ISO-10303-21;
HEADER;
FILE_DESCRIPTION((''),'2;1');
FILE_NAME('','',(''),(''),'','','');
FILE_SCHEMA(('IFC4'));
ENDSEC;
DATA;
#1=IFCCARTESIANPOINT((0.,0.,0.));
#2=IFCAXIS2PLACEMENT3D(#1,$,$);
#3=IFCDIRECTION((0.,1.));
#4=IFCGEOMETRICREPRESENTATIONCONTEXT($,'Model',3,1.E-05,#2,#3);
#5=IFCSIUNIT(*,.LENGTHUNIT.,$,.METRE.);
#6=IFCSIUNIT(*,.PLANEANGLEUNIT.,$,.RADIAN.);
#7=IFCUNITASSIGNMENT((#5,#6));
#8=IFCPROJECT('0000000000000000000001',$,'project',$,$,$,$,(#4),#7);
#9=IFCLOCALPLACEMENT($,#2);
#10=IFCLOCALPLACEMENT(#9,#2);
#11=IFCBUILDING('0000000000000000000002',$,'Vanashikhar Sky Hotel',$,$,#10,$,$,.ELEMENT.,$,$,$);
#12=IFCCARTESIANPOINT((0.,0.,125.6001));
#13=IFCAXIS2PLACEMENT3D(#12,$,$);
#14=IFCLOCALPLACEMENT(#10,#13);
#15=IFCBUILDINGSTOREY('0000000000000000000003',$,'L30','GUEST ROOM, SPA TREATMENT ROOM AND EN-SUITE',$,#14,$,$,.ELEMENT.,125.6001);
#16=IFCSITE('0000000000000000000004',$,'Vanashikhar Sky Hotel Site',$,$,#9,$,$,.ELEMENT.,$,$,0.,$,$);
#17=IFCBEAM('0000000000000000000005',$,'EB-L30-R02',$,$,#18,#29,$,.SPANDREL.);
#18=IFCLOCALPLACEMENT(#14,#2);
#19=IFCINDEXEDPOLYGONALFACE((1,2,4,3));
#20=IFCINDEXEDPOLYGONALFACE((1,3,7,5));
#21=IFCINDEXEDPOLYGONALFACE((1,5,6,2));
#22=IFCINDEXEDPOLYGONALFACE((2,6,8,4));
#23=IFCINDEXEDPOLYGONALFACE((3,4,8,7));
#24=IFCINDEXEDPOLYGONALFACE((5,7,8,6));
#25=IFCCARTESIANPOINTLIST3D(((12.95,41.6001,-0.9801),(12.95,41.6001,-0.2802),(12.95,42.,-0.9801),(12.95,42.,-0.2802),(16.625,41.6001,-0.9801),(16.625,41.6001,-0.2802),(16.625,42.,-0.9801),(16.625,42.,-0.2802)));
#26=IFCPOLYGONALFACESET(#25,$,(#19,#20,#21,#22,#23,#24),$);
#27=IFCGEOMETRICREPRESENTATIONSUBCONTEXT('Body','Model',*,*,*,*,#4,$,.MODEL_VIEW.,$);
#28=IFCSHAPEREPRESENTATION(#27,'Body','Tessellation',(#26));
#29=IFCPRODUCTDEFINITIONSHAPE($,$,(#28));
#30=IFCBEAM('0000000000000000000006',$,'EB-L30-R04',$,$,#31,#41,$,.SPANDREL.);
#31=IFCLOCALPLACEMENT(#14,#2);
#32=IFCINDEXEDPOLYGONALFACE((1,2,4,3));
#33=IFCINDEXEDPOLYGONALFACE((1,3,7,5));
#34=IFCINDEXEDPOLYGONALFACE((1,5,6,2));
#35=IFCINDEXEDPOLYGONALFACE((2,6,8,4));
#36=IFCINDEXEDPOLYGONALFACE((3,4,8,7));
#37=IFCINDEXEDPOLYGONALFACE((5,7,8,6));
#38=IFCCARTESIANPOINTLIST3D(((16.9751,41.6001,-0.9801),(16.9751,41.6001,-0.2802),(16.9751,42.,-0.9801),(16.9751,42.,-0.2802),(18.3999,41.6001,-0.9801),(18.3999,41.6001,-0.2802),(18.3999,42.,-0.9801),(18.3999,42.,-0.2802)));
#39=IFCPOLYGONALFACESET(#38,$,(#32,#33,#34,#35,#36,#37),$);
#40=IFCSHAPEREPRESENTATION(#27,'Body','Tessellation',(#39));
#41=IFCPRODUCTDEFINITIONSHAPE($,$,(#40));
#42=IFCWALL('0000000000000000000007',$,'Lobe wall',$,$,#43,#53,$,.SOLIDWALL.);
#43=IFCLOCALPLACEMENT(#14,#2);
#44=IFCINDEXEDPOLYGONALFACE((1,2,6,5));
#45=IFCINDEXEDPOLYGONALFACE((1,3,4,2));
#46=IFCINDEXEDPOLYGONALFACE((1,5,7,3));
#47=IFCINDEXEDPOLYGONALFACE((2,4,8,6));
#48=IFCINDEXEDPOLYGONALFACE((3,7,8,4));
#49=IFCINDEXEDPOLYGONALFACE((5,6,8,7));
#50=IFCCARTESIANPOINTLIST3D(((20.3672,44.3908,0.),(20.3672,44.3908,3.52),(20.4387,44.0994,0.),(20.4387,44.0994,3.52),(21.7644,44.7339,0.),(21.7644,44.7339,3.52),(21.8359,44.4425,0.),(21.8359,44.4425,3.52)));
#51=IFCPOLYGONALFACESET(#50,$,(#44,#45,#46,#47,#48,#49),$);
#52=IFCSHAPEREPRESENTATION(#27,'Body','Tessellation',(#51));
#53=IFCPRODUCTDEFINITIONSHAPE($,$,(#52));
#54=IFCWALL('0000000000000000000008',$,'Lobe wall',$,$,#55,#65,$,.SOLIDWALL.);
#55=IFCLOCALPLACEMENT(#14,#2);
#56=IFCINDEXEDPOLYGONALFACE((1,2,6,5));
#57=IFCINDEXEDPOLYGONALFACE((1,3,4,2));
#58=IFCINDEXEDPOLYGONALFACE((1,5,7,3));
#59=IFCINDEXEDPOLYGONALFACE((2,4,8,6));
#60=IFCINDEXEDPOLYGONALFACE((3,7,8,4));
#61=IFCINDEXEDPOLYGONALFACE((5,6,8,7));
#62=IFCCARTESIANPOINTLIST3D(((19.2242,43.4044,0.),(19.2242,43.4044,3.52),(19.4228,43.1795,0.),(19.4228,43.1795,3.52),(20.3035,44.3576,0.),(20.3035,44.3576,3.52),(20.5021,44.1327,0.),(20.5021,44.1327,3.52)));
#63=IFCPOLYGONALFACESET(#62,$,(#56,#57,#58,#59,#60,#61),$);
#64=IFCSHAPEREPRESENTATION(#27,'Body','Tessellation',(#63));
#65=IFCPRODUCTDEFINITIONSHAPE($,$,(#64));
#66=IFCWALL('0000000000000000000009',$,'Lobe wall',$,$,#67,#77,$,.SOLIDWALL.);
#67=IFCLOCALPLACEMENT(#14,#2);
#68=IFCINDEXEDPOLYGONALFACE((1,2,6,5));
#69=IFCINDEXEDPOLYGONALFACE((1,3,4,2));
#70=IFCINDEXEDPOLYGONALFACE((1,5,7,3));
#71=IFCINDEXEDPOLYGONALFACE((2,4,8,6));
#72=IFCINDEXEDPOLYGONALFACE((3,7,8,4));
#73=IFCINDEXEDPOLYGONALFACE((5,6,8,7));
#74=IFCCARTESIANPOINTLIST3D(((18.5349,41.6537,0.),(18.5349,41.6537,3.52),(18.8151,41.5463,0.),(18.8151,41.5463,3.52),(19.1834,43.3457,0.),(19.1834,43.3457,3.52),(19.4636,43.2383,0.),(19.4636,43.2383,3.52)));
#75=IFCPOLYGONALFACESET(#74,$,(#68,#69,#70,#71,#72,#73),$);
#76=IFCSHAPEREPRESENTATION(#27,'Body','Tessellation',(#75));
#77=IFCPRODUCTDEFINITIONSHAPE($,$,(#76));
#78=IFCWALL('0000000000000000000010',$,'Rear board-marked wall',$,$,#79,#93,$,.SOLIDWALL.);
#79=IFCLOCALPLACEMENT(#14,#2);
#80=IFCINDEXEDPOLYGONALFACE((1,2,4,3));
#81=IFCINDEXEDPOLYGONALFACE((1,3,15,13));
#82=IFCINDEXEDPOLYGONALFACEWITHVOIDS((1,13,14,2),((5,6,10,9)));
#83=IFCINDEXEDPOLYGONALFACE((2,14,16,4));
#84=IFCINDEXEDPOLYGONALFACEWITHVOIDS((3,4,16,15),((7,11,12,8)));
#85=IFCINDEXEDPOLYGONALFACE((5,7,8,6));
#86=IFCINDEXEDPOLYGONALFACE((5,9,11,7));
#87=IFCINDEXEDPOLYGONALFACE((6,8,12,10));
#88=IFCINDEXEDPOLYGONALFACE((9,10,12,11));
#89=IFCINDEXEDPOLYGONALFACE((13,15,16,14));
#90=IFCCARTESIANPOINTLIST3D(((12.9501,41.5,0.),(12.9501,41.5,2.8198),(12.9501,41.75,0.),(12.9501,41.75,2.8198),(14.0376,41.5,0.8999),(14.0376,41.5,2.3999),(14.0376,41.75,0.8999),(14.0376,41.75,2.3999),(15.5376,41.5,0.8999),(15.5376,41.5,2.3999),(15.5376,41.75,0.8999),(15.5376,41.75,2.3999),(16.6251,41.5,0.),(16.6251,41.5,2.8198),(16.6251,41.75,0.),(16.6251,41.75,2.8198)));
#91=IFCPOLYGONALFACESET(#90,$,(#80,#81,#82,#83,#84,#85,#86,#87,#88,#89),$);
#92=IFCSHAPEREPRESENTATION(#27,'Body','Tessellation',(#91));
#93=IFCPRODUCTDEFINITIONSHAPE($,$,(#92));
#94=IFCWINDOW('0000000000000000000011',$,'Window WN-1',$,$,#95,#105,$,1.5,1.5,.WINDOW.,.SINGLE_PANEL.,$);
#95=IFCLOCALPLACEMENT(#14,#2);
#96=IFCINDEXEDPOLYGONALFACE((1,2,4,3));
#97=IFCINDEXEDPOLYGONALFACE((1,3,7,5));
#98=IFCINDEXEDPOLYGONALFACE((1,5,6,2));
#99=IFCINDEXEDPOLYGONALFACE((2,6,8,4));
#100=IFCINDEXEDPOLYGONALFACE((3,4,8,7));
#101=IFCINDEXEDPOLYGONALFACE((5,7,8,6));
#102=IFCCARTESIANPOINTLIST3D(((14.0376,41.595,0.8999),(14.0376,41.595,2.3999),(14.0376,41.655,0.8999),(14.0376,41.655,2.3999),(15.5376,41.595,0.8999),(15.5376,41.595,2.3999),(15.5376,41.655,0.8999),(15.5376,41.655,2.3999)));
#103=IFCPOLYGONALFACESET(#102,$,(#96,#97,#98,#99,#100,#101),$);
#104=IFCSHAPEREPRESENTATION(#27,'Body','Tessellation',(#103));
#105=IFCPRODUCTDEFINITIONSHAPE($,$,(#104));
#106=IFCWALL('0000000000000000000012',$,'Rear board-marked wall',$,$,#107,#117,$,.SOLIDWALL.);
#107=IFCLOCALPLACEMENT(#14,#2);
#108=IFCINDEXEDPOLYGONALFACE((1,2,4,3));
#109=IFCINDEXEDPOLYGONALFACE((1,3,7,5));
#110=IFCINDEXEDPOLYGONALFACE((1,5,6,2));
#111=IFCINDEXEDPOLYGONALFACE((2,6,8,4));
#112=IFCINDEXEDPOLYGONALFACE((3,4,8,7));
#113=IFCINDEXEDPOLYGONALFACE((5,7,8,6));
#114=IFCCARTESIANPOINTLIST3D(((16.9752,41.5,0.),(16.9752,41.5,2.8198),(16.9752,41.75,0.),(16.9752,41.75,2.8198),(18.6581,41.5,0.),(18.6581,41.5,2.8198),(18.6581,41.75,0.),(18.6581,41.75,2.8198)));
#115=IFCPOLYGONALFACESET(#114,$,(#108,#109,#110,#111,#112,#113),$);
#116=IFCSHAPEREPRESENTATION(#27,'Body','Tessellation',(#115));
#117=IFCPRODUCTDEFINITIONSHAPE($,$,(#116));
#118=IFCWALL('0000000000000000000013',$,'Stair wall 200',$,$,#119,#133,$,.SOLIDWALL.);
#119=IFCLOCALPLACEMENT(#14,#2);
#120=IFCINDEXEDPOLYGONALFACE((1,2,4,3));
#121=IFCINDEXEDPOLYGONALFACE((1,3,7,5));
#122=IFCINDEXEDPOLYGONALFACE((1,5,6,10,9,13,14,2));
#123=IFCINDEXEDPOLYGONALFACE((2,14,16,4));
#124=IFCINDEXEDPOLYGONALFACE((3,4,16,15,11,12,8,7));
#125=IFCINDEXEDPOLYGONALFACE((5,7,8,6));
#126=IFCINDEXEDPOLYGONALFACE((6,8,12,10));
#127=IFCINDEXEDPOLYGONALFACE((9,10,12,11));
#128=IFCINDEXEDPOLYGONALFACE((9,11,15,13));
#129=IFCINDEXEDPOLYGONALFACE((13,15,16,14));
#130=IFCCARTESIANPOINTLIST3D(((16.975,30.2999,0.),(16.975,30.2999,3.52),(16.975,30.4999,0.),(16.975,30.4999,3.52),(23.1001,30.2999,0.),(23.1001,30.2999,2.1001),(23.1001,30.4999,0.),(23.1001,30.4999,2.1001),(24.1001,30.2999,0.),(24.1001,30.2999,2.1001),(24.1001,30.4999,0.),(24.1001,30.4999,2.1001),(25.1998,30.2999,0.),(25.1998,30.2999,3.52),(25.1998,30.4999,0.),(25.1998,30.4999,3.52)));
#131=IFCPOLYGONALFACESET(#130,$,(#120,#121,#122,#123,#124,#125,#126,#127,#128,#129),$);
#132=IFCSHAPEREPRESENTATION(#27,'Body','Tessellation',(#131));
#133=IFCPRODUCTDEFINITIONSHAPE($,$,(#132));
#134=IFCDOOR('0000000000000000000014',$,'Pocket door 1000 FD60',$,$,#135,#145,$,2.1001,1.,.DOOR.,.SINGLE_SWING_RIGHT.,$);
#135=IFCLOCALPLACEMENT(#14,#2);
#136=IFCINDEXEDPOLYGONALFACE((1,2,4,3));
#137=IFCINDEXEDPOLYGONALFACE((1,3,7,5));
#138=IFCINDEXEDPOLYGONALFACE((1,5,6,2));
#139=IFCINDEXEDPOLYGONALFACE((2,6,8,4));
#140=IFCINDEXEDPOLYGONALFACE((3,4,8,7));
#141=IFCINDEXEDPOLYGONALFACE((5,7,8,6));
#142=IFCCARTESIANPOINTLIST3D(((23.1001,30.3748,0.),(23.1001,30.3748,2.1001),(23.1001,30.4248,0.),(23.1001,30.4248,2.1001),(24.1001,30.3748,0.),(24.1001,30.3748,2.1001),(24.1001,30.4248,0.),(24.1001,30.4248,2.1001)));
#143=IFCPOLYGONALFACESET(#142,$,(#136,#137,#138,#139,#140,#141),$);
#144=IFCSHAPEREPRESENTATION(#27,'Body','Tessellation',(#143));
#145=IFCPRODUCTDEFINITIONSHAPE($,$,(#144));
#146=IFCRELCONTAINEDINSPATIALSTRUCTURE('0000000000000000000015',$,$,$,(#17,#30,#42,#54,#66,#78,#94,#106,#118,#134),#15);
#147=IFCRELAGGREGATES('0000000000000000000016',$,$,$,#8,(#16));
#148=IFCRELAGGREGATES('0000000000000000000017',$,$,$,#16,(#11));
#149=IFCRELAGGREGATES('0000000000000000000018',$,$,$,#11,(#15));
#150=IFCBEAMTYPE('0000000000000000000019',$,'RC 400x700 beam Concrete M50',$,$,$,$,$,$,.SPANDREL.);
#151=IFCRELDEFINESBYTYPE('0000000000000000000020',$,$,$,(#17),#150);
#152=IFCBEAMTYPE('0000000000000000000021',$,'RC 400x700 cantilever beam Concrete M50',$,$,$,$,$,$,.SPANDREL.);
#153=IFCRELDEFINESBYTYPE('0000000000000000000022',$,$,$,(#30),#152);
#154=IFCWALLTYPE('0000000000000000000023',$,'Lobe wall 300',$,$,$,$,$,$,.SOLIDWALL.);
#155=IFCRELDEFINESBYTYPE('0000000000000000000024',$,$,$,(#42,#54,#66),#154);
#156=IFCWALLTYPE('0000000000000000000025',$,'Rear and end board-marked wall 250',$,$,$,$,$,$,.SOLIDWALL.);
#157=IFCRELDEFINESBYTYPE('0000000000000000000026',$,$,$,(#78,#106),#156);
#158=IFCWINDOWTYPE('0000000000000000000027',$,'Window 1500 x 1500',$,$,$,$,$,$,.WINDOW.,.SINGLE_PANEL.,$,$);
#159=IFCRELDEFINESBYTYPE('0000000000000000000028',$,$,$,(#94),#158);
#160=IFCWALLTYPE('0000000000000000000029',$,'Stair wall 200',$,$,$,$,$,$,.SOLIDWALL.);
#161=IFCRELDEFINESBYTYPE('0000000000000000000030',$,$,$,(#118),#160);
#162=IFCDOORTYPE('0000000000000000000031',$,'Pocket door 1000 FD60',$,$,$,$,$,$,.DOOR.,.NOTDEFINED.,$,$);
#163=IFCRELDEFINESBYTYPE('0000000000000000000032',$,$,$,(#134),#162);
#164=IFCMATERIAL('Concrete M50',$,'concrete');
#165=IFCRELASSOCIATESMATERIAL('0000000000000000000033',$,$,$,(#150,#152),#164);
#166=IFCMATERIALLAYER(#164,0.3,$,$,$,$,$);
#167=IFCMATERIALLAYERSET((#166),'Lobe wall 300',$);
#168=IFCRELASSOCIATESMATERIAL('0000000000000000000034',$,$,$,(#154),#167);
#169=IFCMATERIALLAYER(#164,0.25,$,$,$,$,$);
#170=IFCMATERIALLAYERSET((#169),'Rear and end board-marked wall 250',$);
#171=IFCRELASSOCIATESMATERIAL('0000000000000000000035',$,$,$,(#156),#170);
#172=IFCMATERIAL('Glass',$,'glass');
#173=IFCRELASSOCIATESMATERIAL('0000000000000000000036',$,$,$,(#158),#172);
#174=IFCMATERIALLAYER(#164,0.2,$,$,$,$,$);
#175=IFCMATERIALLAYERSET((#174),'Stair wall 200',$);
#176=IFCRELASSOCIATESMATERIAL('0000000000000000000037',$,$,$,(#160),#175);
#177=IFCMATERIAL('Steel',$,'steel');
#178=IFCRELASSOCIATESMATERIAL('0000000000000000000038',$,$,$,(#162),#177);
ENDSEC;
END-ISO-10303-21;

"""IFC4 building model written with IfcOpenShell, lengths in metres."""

from ifc_helpers import new_model, si_unit, direction, frame, frame_2d, origin, origin_2d, place, context, subcontext, project, spatial, rectangle, extrude, source, transform, mapped, material, layer, layer_set, material_profile, profile_set, type_object, element, fill, save


model = new_model("IFC4")

# Units and contexts
model_context = context("Model", 3, precision=1e-05, world=origin(), true_north=direction((0.0, 1.0)))
body_context = subcontext(model_context, "Body", "Model", "MODEL_VIEW")
ifc_project = project(units=[si_unit("LENGTHUNIT", "METRE"), si_unit("PLANEANGLEUNIT", "RADIAN")], contexts=[model_context])

# Site, building, storey
site_placement = place(None, origin())
site = spatial("IfcSite", under=ifc_project, at=site_placement, Name="Vanashikhar Sky Hotel Site", CompositionType="ELEMENT", RefElevation=0.0)
building_placement = place(site_placement, origin())
building = spatial("IfcBuilding", under=site, at=building_placement, Name="Vanashikhar Sky Hotel", CompositionType="ELEMENT")
storey_placement = place(building_placement, frame((0.0, 0.0, 125.6001)))
storey = spatial("IfcBuildingStorey", under=building, at=storey_placement, Name="L30", Description="GUEST ROOM, SPA TREATMENT ROOM AND EN-SUITE", CompositionType="ELEMENT", Elevation=125.6001)

# Beams
ifc_material_1 = material(Name="Concrete M50", Category="concrete")
ifc_material_profile_1 = material_profile(ifc_material_1, rectangle(XDim=0.3999, YDim=0.7, at=origin_2d()))
ifc_profile_set_1 = profile_set([ifc_material_profile_1], Name="RC 400x700 beam Concrete M50")
beam_type_1 = type_object("IfcBeamType", Name="RC 400x700 beam Concrete M50", PredefinedType="SPANDREL", material=ifc_profile_set_1)
shared_shape_1 = source(origin(), body_context, "Body", "SweptSolid", [
    extrude(rectangle(XDim=0.3999, YDim=0.7, at=origin_2d()), origin(), (0.0, 0.0, 1.0), 3.675),
])
beam_1_placement = place(storey_placement, frame((12.95, 41.8, -0.6301), z_axis=(1.0, 0.0, 0.0), x_axis=(0.0, 1.0, 0.0)))
element("IfcBeam", 1, at=beam_1_placement, inside=storey, type_object=beam_type_1, Name="EB-L30-R02", PredefinedType="SPANDREL", context=body_context, shape_type="MappedRepresentation", body=[
    mapped(shared_shape_1, transform((0.0, 0.0, 0.0), scale=1.0)),
])
ifc_material_profile_2 = material_profile(ifc_material_1, rectangle(XDim=0.3999, YDim=0.7, at=origin_2d()))
ifc_profile_set_2 = profile_set([ifc_material_profile_2], Name="RC 400x700 cantilever beam Concrete M50")
beam_type_2 = type_object("IfcBeamType", Name="RC 400x700 cantilever beam Concrete M50", PredefinedType="SPANDREL", material=ifc_profile_set_2)
shared_shape_2 = source(origin(), body_context, "Body", "SweptSolid", [
    extrude(rectangle(XDim=0.3999, YDim=0.7, at=origin_2d()), origin(), (0.0, 0.0, 1.0), 1.4248),
])
beam_2_placement = place(storey_placement, frame((16.9751, 41.8, -0.6301), z_axis=(1.0, 0.0, 0.0), x_axis=(0.0, 1.0, 0.0)))
element("IfcBeam", 2, at=beam_2_placement, inside=storey, type_object=beam_type_2, Name="EB-L30-R04", PredefinedType="SPANDREL", context=body_context, shape_type="MappedRepresentation", body=[
    mapped(shared_shape_2, transform((0.0, 0.0, 0.0), scale=1.0)),
])

# Walls
ifc_layer_1 = layer(ifc_material_1, 0.3)
ifc_layer_set_1 = layer_set([ifc_layer_1], Name="Lobe wall 300")
wall_type_1 = type_object("IfcWallType", Name="Lobe wall 300", PredefinedType="SOLIDWALL", material=ifc_layer_set_1)
shared_shape_3 = source(origin(), body_context, "Body", "SweptSolid", [
    extrude(rectangle(XDim=1.4387, YDim=0.3, at=frame_2d((0.7192, 0.0))), origin(), (0.0, 0.0, 1.0), 3.52),
])
wall_1_placement = place(storey_placement, frame((21.8, 44.5881, 0.0), z_axis=(0.0, 0.0, 1.0), x_axis=(-0.971162, -0.238421, 0.0)))
element("IfcWall", 3, at=wall_1_placement, inside=storey, type_object=wall_type_1, Name="Lobe wall", PredefinedType="SOLIDWALL", context=body_context, shape_type="MappedRepresentation", body=[
    mapped(shared_shape_3, transform((0.0, 0.0, 0.0), scale=1.0)),
])
shared_shape_4 = source(origin(), body_context, "Body", "SweptSolid", [
    extrude(rectangle(XDim=1.4399, YDim=0.3, at=frame_2d((0.72, 0.0))), origin(), (0.0, 0.0, 1.0), 3.52),
])
wall_2_placement = place(storey_placement, frame((20.4028, 44.2451, 0.0), z_axis=(0.0, 0.0, 1.0), x_axis=(-0.749576, -0.661919, 0.0)))
element("IfcWall", 4, at=wall_2_placement, inside=storey, type_object=wall_type_1, Name="Lobe wall", PredefinedType="SOLIDWALL", context=body_context, shape_type="MappedRepresentation", body=[
    mapped(shared_shape_4, transform((0.0, 0.0, 0.0), scale=1.0)),
])
shared_shape_5 = source(origin(), body_context, "Body", "SweptSolid", [
    extrude(rectangle(XDim=1.812, YDim=0.3, at=frame_2d((0.906, 0.0))), origin(), (0.0, 0.0, 1.0), 3.52),
])
wall_3_placement = place(storey_placement, frame((19.3235, 43.292, 0.0), z_axis=(0.0, 0.0, 1.0), x_axis=(-0.357877, -0.933769, 0.0)))
element("IfcWall", 5, at=wall_3_placement, inside=storey, type_object=wall_type_1, Name="Lobe wall", PredefinedType="SOLIDWALL", context=body_context, shape_type="MappedRepresentation", body=[
    mapped(shared_shape_5, transform((0.0, 0.0, 0.0), scale=1.0)),
])

# Wall, opening, window
ifc_layer_2 = layer(ifc_material_1, 0.25)
ifc_layer_set_2 = layer_set([ifc_layer_2], Name="Rear and end board-marked wall 250")
wall_type_2 = type_object("IfcWallType", Name="Rear and end board-marked wall 250", PredefinedType="SOLIDWALL", material=ifc_layer_set_2)
shared_shape_6 = source(origin(), body_context, "Body", "SweptSolid", [
    extrude(rectangle(XDim=3.675, YDim=0.25, at=frame_2d((1.8374, 0.0))), origin(), (0.0, 0.0, 1.0), 2.8198),
])
wall_4_placement = place(storey_placement, frame((16.625, 41.625, 0.0), z_axis=(0.0, 0.0, 1.0), x_axis=(-1.0, 0.0, 0.0)))
wall_4 = element("IfcWall", 6, at=wall_4_placement, inside=storey, type_object=wall_type_2, Name="Rear board-marked wall", PredefinedType="SOLIDWALL", context=body_context, shape_type="MappedRepresentation", body=[
    mapped(shared_shape_6, transform((0.0, 0.0, 0.0), scale=1.0)),
])
shared_shape_7 = source(origin(), body_context, "Body", "SweptSolid", [
    extrude(rectangle(XDim=1.5, YDim=1.5, at=frame_2d((0.75, 0.75))), frame((0.0, 0.135, 0.0), z_axis=(0.0, -1.0, 0.0), x_axis=(1.0, 0.0, 0.0)), (0.0, 0.0, 1.0), 0.27),
])
opening_1_placement = place(wall_4_placement, frame((1.0874, 0.0, 0.8999)))
opening_1 = element("IfcOpeningElement", 7, at=opening_1_placement, cuts=wall_4, PredefinedType="OPENING", context=body_context, shape_type="MappedRepresentation", body=[
    mapped(shared_shape_7, transform((0.0, 0.0, 0.0), scale=1.0)),
])
ifc_material_2 = material(Name="Glass", Category="glass")
window_type = type_object("IfcWindowType", Name="Window 1500 x 1500", PartitioningType="SINGLE_PANEL", PredefinedType="WINDOW", material=ifc_material_2)
shared_shape_8 = source(origin(), body_context, "Body", "SweptSolid", [
    extrude(rectangle(XDim=1.5, YDim=1.5, at=frame_2d((0.75, 0.75))), frame((0.0, 0.03, 0.0), z_axis=(0.0, -1.0, 0.0), x_axis=(1.0, 0.0, 0.0)), (0.0, 0.0, 1.0), 0.0601),
])
window_placement = place(opening_1_placement, origin())
window = element("IfcWindow", 8, at=window_placement, inside=storey, type_object=window_type, Name="Window WN-1", OverallHeight=1.5, OverallWidth=1.5, PartitioningType="SINGLE_PANEL", PredefinedType="WINDOW", context=body_context, shape_type="MappedRepresentation", body=[
    mapped(shared_shape_8, transform((0.0, 0.0, 0.0), scale=1.0)),
])
fill(opening_1, window)

# Wall
shared_shape_9 = source(origin(), body_context, "Body", "SweptSolid", [
    extrude(rectangle(XDim=1.6829, YDim=0.25, at=frame_2d((0.8413, 0.0))), origin(), (0.0, 0.0, 1.0), 2.8198),
])
wall_5_placement = place(storey_placement, frame((18.658, 41.625, 0.0), z_axis=(0.0, 0.0, 1.0), x_axis=(-1.0, 0.0, 0.0)))
element("IfcWall", 9, at=wall_5_placement, inside=storey, type_object=wall_type_2, Name="Rear board-marked wall", PredefinedType="SOLIDWALL", context=body_context, shape_type="MappedRepresentation", body=[
    mapped(shared_shape_9, transform((0.0, 0.0, 0.0), scale=1.0)),
])

# Wall, opening, door
ifc_layer_3 = layer(ifc_material_1, 0.2)
ifc_layer_set_3 = layer_set([ifc_layer_3], Name="Stair wall 200")
wall_type_3 = type_object("IfcWallType", Name="Stair wall 200", PredefinedType="SOLIDWALL", material=ifc_layer_set_3)
shared_shape_10 = source(origin(), body_context, "Body", "SweptSolid", [
    extrude(rectangle(XDim=8.2249, YDim=0.2, at=frame_2d((4.1123, 0.0))), origin(), (0.0, 0.0, 1.0), 3.52),
])
wall_6_placement = place(storey_placement, frame((16.9751, 30.3999, 0.0), z_axis=(0.0, 0.0, 1.0), x_axis=(1.0, 0.0, 0.0)))
wall_6 = element("IfcWall", 10, at=wall_6_placement, inside=storey, type_object=wall_type_3, Name="Stair wall 200", PredefinedType="SOLIDWALL", context=body_context, shape_type="MappedRepresentation", body=[
    mapped(shared_shape_10, transform((0.0, 0.0, 0.0), scale=1.0)),
])
shared_shape_11 = source(origin(), body_context, "Body", "SweptSolid", [
    extrude(rectangle(XDim=1.0, YDim=2.1001, at=frame_2d((0.5, 1.05))), frame((0.0, 0.1099, 0.0), z_axis=(0.0, -1.0, 0.0), x_axis=(1.0, 0.0, 0.0)), (0.0, 0.0, 1.0), 0.22),
])
opening_2_placement = place(wall_6_placement, frame((6.125, 0.0, 0.0)))
opening_2 = element("IfcOpeningElement", 11, at=opening_2_placement, cuts=wall_6, PredefinedType="OPENING", context=body_context, shape_type="MappedRepresentation", body=[
    mapped(shared_shape_11, transform((0.0, 0.0, 0.0), scale=1.0)),
])
ifc_material_3 = material(Name="Steel", Category="steel")
door_type_1 = type_object("IfcDoorType", Name="Pocket door 1000 FD60", OperationType="NOTDEFINED", PredefinedType="DOOR", material=ifc_material_3)
shared_shape_12 = source(origin(), body_context, "Body", "SweptSolid", [
    extrude(rectangle(XDim=1.0, YDim=2.1001, at=frame_2d((0.5, 1.05))), frame((0.0, 0.0249, 0.0), z_axis=(0.0, -1.0, 0.0), x_axis=(1.0, 0.0, 0.0)), (0.0, 0.0, 1.0), 0.05),
])
door_1_placement = place(opening_2_placement, origin())
door_1 = element("IfcDoor", 12, at=door_1_placement, inside=storey, type_object=door_type_1, Name="Pocket door 1000 FD60", OperationType="SINGLE_SWING_RIGHT", OverallHeight=2.1001, OverallWidth=1.0, PredefinedType="DOOR", context=body_context, shape_type="MappedRepresentation", body=[
    mapped(shared_shape_12, transform((0.0, 0.0, 0.0), scale=1.0)),
])
fill(opening_2, door_1)

save(model, "model.ifc")
